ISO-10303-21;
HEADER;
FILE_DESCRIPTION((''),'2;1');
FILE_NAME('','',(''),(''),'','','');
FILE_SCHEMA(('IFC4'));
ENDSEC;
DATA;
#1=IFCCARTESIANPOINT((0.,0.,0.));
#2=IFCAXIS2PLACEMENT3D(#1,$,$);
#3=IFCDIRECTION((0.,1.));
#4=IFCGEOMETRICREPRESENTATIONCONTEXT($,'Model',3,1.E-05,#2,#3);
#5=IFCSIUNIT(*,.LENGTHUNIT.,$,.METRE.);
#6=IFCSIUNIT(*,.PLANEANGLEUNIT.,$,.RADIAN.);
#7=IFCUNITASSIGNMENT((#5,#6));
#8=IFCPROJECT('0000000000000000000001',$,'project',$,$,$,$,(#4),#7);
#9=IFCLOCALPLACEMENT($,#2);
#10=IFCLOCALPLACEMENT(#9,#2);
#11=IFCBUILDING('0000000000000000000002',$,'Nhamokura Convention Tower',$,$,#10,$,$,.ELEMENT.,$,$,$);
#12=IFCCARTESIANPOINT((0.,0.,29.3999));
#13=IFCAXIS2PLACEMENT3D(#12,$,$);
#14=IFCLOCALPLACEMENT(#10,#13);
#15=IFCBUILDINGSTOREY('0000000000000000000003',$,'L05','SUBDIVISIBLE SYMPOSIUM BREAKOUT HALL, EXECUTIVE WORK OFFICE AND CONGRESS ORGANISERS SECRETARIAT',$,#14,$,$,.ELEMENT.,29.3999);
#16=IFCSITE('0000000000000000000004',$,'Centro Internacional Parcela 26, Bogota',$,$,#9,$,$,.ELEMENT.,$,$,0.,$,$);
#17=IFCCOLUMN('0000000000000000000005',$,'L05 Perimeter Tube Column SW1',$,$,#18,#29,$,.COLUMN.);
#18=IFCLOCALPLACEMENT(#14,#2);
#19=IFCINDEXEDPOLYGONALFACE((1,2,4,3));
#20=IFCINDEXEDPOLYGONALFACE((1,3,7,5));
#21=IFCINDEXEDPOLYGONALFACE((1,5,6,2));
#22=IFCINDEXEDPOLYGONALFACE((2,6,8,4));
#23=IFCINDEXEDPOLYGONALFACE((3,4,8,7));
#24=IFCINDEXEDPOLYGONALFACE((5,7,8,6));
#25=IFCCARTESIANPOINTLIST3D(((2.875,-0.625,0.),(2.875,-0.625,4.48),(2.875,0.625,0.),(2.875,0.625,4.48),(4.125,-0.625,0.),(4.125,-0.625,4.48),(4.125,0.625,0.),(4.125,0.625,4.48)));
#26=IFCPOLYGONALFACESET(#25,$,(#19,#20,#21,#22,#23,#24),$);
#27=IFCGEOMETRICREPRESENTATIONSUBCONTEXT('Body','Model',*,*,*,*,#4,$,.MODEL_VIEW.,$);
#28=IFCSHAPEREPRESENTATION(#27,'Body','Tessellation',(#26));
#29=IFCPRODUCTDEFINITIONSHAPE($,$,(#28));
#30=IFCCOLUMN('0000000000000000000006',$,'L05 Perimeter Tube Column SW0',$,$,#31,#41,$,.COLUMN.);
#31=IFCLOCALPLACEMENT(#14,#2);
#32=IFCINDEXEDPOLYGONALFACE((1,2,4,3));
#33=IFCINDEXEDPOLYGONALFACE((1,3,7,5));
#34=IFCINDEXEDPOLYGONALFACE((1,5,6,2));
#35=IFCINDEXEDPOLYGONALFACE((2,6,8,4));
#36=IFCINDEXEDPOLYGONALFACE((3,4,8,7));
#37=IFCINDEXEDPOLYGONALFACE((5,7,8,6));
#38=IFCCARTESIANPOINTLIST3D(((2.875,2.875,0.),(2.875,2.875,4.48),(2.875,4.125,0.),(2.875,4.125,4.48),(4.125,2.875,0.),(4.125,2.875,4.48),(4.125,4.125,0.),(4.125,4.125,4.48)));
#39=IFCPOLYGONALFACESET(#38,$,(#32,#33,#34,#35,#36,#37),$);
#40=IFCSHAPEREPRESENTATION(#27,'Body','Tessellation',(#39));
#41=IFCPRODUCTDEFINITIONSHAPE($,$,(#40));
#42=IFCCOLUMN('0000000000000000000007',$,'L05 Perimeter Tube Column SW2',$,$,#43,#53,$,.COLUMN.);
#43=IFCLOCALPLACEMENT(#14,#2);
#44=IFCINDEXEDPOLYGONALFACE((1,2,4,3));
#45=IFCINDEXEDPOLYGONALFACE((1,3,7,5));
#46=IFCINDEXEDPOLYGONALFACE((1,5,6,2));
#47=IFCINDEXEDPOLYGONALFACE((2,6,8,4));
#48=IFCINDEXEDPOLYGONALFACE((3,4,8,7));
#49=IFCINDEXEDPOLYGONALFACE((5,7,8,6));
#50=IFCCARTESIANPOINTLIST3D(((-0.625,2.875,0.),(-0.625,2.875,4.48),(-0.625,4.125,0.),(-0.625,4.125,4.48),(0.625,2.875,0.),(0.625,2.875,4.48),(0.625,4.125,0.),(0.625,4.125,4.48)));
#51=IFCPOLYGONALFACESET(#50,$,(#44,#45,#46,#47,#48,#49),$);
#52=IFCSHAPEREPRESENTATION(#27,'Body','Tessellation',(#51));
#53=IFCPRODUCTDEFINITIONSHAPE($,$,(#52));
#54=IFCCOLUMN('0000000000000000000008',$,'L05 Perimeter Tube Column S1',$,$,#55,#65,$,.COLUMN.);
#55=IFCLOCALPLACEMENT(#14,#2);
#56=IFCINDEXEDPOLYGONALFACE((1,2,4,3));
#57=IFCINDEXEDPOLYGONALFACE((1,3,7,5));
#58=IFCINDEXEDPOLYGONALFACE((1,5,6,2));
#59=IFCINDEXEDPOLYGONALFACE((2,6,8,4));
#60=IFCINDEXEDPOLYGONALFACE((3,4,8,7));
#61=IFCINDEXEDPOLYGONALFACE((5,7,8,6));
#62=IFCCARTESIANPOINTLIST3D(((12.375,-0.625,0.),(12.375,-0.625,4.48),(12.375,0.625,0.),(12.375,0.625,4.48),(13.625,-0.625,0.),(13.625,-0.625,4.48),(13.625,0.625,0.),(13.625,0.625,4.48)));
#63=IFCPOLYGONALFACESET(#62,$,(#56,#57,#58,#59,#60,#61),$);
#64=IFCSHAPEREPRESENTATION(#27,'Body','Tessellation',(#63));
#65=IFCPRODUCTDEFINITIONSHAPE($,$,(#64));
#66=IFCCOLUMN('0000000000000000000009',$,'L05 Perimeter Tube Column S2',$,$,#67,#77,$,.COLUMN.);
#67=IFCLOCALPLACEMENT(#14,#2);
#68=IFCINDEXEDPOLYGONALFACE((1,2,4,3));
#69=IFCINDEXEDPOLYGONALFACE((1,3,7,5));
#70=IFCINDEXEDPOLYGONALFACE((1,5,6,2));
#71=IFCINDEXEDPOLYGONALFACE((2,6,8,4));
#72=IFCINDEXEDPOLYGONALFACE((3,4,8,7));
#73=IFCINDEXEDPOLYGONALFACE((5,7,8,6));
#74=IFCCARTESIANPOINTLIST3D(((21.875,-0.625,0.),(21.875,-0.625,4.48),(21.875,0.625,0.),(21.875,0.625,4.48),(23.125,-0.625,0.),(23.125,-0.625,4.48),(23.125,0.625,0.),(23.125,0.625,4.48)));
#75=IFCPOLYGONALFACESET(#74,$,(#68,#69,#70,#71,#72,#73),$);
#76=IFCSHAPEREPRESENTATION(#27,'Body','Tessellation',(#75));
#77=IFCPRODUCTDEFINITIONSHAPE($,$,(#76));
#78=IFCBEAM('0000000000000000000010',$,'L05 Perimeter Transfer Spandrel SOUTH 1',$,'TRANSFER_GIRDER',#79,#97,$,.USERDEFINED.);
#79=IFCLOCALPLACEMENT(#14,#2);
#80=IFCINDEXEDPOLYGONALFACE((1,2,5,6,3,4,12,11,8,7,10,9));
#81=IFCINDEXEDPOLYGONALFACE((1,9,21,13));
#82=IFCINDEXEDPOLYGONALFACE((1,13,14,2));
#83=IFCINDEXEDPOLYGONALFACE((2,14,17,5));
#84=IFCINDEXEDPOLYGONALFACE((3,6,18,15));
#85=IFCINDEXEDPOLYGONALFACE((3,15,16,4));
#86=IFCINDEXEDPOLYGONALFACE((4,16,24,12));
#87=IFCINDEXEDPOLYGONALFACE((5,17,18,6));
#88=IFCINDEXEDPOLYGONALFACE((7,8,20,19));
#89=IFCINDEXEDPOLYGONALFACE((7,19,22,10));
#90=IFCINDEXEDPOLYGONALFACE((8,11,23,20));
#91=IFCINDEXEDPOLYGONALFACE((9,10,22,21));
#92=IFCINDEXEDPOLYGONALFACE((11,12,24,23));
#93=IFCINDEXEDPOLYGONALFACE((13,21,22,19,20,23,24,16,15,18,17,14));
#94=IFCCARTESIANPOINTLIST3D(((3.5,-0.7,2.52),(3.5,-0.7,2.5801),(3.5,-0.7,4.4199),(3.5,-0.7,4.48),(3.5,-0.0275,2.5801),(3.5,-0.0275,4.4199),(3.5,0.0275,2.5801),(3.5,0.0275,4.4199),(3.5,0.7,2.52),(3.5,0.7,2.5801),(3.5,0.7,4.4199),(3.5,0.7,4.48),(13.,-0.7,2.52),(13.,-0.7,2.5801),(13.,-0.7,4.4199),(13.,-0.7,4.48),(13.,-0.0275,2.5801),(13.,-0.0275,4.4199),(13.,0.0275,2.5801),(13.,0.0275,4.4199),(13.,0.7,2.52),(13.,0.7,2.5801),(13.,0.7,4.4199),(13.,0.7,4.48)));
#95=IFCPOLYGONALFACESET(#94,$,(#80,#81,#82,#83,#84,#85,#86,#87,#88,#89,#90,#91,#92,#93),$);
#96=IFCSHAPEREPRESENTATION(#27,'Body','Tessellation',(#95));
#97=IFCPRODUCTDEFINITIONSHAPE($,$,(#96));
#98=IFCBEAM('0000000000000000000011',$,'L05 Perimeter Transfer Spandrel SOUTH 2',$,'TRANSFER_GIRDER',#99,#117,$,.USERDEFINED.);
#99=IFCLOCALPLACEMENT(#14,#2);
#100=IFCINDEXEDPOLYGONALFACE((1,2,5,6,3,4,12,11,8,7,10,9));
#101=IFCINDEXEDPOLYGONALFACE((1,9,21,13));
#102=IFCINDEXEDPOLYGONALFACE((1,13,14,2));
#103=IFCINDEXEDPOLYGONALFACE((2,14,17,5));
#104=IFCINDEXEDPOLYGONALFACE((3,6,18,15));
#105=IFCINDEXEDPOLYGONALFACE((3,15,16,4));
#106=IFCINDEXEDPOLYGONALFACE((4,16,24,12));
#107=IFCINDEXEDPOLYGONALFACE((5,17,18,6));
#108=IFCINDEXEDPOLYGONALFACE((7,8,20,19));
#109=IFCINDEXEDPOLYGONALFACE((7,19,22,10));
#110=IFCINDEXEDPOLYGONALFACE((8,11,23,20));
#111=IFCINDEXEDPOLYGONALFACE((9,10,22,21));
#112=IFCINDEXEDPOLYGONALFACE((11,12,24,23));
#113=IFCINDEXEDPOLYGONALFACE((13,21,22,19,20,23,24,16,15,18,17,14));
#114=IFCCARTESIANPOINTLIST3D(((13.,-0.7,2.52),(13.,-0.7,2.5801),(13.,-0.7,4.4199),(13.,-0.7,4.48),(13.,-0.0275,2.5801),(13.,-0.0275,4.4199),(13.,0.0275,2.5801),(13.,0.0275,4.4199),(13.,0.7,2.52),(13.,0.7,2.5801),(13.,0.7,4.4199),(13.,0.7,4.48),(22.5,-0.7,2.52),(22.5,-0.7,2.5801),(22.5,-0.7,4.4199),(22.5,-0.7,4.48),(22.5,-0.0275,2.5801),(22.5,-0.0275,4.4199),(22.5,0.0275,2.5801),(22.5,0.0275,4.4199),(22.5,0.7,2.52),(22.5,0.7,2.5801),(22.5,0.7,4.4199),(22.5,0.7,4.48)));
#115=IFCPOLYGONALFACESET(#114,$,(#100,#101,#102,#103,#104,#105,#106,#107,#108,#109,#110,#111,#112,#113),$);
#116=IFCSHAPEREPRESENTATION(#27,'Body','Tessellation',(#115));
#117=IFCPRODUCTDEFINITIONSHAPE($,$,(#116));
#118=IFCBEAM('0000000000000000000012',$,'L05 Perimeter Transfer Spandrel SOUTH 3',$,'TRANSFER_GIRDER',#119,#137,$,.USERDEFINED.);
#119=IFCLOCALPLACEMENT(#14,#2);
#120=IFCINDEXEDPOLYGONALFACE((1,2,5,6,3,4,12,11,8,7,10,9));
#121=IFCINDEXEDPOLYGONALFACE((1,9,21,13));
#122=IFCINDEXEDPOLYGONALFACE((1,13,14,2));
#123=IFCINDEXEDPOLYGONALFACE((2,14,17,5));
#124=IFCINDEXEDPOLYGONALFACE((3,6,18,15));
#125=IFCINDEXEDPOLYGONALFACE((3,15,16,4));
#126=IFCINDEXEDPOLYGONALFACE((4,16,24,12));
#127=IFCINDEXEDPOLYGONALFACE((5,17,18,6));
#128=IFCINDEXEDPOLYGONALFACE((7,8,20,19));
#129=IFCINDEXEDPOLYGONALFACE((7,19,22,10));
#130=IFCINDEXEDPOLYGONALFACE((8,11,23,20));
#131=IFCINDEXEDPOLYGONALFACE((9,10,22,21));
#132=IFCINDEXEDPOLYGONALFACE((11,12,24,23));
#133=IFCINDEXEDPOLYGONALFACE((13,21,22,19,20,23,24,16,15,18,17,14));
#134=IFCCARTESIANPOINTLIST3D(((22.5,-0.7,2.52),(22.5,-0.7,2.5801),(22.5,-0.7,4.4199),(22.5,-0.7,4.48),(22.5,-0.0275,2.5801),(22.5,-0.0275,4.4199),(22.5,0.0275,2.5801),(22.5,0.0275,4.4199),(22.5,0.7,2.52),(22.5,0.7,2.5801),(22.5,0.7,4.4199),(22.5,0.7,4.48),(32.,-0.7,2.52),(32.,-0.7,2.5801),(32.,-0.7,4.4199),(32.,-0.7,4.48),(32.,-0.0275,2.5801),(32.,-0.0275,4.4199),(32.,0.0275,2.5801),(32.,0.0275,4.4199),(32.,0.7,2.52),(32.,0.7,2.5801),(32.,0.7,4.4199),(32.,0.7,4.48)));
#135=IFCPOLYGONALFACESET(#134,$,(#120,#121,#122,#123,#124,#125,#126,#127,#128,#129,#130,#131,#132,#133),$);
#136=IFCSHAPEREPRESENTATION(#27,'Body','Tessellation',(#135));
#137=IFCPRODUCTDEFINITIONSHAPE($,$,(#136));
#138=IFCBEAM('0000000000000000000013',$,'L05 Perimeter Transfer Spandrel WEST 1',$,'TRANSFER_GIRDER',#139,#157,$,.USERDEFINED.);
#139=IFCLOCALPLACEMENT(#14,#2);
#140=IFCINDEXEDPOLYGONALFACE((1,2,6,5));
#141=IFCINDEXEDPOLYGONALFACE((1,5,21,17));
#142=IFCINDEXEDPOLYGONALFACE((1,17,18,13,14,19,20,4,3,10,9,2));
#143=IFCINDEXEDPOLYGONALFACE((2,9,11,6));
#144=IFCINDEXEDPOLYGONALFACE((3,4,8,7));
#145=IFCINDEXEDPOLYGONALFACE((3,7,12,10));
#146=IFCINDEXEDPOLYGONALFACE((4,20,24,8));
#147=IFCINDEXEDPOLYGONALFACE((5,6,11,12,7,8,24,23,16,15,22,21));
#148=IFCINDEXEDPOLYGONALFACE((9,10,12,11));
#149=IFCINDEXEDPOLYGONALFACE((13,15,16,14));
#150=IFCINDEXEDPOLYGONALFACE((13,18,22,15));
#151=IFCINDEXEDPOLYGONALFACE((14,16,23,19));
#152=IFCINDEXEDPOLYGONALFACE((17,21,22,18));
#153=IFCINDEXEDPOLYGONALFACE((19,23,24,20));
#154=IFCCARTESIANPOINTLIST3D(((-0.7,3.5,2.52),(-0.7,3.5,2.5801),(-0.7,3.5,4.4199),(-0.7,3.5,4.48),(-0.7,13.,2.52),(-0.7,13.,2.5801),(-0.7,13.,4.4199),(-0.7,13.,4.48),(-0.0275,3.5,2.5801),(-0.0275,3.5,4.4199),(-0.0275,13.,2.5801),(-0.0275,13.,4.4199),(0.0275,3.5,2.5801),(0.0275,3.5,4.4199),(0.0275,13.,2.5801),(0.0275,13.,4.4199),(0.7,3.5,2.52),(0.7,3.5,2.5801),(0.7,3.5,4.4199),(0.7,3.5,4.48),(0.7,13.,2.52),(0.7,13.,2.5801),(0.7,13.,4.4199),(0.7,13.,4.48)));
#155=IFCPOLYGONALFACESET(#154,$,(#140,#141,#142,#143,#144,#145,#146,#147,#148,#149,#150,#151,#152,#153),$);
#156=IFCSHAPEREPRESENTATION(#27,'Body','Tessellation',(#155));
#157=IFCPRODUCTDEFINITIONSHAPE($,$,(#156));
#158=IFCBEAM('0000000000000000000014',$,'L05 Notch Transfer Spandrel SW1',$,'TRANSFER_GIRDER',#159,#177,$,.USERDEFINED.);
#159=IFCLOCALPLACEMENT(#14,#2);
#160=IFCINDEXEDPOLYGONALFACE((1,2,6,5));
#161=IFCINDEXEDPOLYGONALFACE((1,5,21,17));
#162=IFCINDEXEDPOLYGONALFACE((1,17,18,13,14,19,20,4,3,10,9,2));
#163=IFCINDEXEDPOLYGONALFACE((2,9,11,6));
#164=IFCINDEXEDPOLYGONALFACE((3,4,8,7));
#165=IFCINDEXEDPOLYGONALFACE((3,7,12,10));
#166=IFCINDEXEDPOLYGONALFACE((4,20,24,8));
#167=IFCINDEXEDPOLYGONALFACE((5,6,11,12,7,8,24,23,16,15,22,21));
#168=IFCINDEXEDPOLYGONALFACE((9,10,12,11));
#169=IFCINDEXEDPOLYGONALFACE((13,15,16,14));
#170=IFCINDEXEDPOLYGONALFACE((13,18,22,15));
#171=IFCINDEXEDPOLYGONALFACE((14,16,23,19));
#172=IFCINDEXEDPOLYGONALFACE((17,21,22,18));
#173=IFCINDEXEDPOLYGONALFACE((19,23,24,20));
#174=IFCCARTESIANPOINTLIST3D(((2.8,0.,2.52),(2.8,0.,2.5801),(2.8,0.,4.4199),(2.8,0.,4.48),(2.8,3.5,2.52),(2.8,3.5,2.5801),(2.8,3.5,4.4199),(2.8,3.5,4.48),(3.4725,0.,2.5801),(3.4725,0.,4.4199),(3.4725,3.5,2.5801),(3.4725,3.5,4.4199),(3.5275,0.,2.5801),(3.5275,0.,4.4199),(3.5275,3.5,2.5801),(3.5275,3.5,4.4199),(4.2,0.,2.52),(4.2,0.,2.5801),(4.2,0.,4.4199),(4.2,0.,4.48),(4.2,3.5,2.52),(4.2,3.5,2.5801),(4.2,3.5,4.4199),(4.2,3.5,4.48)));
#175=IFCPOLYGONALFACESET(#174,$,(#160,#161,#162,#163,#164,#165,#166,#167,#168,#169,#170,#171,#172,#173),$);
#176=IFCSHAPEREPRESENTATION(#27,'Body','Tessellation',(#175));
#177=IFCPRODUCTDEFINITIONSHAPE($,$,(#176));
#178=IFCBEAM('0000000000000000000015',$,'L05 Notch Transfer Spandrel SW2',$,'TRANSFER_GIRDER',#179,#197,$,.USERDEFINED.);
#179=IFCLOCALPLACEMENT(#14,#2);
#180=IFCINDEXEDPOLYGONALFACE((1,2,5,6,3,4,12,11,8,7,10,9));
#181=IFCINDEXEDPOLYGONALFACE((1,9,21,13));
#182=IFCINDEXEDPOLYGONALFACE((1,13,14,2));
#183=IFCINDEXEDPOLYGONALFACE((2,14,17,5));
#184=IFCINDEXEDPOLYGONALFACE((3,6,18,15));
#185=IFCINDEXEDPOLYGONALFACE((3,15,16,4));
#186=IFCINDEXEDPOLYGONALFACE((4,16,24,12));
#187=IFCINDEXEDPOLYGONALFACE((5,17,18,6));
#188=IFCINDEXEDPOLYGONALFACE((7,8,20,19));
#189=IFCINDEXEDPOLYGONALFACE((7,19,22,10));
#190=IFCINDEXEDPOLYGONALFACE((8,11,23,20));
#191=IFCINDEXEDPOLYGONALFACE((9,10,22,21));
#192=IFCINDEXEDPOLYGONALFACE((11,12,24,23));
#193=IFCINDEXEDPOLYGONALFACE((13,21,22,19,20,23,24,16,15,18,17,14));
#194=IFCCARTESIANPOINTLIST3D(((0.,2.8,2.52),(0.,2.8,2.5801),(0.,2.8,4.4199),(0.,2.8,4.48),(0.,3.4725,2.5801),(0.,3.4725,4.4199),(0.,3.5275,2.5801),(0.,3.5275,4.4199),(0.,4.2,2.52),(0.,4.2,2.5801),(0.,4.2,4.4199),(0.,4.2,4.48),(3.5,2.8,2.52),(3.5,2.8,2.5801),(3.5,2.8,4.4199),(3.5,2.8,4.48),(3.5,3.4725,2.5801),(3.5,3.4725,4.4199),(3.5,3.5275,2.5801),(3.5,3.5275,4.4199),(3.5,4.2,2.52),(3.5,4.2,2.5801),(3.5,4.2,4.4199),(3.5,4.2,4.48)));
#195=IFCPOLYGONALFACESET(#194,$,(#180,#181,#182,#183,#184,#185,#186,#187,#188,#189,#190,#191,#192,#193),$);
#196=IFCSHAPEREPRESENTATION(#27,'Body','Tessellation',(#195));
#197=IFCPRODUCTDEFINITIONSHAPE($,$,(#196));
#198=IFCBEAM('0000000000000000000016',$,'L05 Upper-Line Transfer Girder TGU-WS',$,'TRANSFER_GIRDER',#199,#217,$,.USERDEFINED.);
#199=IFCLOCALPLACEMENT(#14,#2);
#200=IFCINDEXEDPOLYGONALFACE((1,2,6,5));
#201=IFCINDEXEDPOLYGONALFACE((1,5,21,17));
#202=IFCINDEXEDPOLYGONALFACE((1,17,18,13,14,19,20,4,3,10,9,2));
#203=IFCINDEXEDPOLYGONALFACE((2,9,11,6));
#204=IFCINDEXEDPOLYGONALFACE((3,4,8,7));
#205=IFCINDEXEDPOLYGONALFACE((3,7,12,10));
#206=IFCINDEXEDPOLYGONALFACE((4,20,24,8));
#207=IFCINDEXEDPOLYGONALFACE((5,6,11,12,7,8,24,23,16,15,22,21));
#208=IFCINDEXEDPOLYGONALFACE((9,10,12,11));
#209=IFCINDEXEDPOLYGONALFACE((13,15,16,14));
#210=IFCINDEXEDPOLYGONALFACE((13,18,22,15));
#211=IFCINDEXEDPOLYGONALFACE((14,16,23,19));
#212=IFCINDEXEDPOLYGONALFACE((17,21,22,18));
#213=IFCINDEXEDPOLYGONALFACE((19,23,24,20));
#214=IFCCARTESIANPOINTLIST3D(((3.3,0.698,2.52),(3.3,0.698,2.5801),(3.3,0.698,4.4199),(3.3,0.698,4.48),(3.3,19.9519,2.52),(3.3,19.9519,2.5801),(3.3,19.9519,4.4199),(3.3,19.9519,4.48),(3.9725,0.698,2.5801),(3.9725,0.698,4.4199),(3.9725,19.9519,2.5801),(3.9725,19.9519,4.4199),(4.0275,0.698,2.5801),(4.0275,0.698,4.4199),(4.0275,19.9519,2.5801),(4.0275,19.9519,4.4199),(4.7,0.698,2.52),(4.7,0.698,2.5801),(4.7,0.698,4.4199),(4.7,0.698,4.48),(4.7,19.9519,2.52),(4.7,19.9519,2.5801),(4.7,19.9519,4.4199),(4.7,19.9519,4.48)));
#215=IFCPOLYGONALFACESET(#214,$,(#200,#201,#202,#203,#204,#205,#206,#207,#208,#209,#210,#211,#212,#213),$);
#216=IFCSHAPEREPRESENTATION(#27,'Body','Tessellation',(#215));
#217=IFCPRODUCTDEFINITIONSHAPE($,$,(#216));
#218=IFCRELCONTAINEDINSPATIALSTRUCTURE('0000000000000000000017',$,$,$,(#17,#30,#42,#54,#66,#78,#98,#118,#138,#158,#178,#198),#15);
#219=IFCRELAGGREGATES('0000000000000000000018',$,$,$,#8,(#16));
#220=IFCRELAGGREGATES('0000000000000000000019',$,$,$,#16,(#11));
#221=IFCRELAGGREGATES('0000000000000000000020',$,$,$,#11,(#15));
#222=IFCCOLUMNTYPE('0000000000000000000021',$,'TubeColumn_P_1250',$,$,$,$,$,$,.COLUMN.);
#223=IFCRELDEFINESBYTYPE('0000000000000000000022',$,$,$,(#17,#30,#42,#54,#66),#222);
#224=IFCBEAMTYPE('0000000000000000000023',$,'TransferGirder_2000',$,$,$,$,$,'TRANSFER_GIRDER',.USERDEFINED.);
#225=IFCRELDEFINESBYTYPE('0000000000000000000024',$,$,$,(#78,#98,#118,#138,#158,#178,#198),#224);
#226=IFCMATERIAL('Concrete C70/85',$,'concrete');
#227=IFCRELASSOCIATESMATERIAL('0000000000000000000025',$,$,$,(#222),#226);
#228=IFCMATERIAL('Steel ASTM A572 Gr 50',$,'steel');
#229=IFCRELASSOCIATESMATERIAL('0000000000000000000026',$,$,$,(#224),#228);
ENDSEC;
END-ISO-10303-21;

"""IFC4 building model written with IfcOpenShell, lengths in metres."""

from ifc_helpers import new_model, si_unit, direction, frame, origin, origin_2d, place, context, subcontext, project, spatial, rectangle, i_section, extrude, material, material_profile, profile_set, type_object, element, save


model = new_model("IFC4")

# Units and contexts
model_context = context("Model", 3, precision=1e-05, world=origin(), true_north=direction((0.0, 1.0)))
body_context = subcontext(model_context, "Body", "Model", "MODEL_VIEW")
ifc_project = project(units=[si_unit("LENGTHUNIT", "METRE"), si_unit("PLANEANGLEUNIT", "RADIAN")], contexts=[model_context])

# Site, building, storey
site_placement = place(None, origin())
site = spatial("IfcSite", under=ifc_project, at=site_placement, Name="Centro Internacional Parcela 26, Bogota", CompositionType="ELEMENT", RefElevation=0.0)
building_placement = place(site_placement, origin())
building = spatial("IfcBuilding", under=site, at=building_placement, Name="Nhamokura Convention Tower", CompositionType="ELEMENT")
storey_placement = place(building_placement, frame((0.0, 0.0, 29.3999)))
storey = spatial("IfcBuildingStorey", under=building, at=storey_placement, Name="L05", Description="SUBDIVISIBLE SYMPOSIUM BREAKOUT HALL, EXECUTIVE WORK OFFICE AND CONGRESS ORGANISERS SECRETARIAT", CompositionType="ELEMENT", Elevation=29.3999)

# Columns
ifc_material_1 = material(Name="Concrete C70/85", Category="concrete")
ifc_material_profile_1 = material_profile(ifc_material_1, rectangle(XDim=1.25, YDim=1.25, at=origin_2d()))
ifc_profile_set_1 = profile_set([ifc_material_profile_1], Name="Concrete C70/85")
column_type = type_object("IfcColumnType", Name="TubeColumn_P_1250", PredefinedType="COLUMN", material=ifc_profile_set_1)
for number, where, z_axis, x_axis, name in (
    (1, (3.5, 0.0, 0.0), (0.0, 0.0, 1.0), (1.0, 0.0, 0.0), "L05 Perimeter Tube Column SW1"),
    (2, (3.5, 3.5, 0.0), (0.0, 0.0, 1.0), (1.0, 0.0, 0.0), "L05 Perimeter Tube Column SW0"),
    (3, (0.0, 3.5, 0.0), (0.0, 0.0, 1.0), (1.0, 0.0, 0.0), "L05 Perimeter Tube Column SW2"),
    (4, (13.0, 0.0, 0.0), (0.0, 0.0, 1.0), (1.0, 0.0, 0.0), "L05 Perimeter Tube Column S1"),
    (5, (22.5, 0.0, 0.0), (0.0, 0.0, 1.0), (1.0, 0.0, 0.0), "L05 Perimeter Tube Column S2"),
):
    element("IfcColumn", number, at=place(storey_placement, frame(where, z_axis=z_axis, x_axis=x_axis)), inside=storey, type_object=column_type, Name=name, PredefinedType="COLUMN", context=body_context, shape_type="SweptSolid", body=[
        extrude(rectangle(XDim=1.25, YDim=1.25, at=origin_2d()), origin(), (0.0, 0.0, 1.0), 4.48),
    ])

# Beams
ifc_material_2 = material(Name="Steel ASTM A572 Gr 50", Category="steel")
ifc_material_profile_2 = material_profile(ifc_material_2, i_section(OverallWidth=1.3999, OverallDepth=1.96, WebThickness=0.0549, FlangeThickness=0.0601, at=origin_2d()))
ifc_profile_set_2 = profile_set([ifc_material_profile_2], Name="Steel ASTM A572 Gr 50")
beam_type = type_object("IfcBeamType", Name="TransferGirder_2000", ElementType="TRANSFER_GIRDER", PredefinedType="USERDEFINED", material=ifc_profile_set_2)
for number, where, z_axis, x_axis, name in (
    (6, (3.5, 0.0, 3.5), (1.0, 0.0, 0.0), (0.0, 1.0, 0.0), "L05 Perimeter Transfer Spandrel SOUTH 1"),
    (7, (13.0, 0.0, 3.5), (1.0, 0.0, 0.0), (0.0, 1.0, 0.0), "L05 Perimeter Transfer Spandrel SOUTH 2"),
    (8, (22.5, 0.0, 3.5), (1.0, 0.0, 0.0), (0.0, 1.0, 0.0), "L05 Perimeter Transfer Spandrel SOUTH 3"),
    (9, (0.0, 3.5, 3.5), (0.0, 1.0, 0.0), (-1.0, 0.0, 0.0), "L05 Perimeter Transfer Spandrel WEST 1"),
):
    element("IfcBeam", number, at=place(storey_placement, frame(where, z_axis=z_axis, x_axis=x_axis)), inside=storey, type_object=beam_type, Name=name, ObjectType="TRANSFER_GIRDER", PredefinedType="USERDEFINED", context=body_context, shape_type="SweptSolid", body=[
        extrude(i_section(OverallWidth=1.3999, OverallDepth=1.96, WebThickness=0.0549, FlangeThickness=0.0601, at=origin_2d()), origin(), (0.0, 0.0, 1.0), 9.5),
    ])
for number, where, z_axis, x_axis, name in (
    (10, (3.5, 0.0, 3.5), (0.0, 1.0, 0.0), (-1.0, 0.0, 0.0), "L05 Notch Transfer Spandrel SW1"),
    (11, (3.5, 3.5, 3.5), (-1.0, 0.0, 0.0), (0.0, -1.0, 0.0), "L05 Notch Transfer Spandrel SW2"),
):
    element("IfcBeam", number, at=place(storey_placement, frame(where, z_axis=z_axis, x_axis=x_axis)), inside=storey, type_object=beam_type, Name=name, ObjectType="TRANSFER_GIRDER", PredefinedType="USERDEFINED", context=body_context, shape_type="SweptSolid", body=[
        extrude(i_section(OverallWidth=1.3999, OverallDepth=1.96, WebThickness=0.0549, FlangeThickness=0.0601, at=origin_2d()), origin(), (0.0, 0.0, 1.0), 3.5),
    ])
beam_1_placement = place(storey_placement, frame((4.0, 0.698, 3.5), z_axis=(0.0, 1.0, 0.0), x_axis=(-1.0, 0.0, 0.0)))
element("IfcBeam", 12, at=beam_1_placement, inside=storey, type_object=beam_type, Name="L05 Upper-Line Transfer Girder TGU-WS", ObjectType="TRANSFER_GIRDER", PredefinedType="USERDEFINED", context=body_context, shape_type="SweptSolid", body=[
    extrude(i_section(OverallWidth=1.3999, OverallDepth=1.96, WebThickness=0.0549, FlangeThickness=0.0601, at=origin_2d()), origin(), (0.0, 0.0, 1.0), 19.2539),
])

save(model, "model.ifc")
